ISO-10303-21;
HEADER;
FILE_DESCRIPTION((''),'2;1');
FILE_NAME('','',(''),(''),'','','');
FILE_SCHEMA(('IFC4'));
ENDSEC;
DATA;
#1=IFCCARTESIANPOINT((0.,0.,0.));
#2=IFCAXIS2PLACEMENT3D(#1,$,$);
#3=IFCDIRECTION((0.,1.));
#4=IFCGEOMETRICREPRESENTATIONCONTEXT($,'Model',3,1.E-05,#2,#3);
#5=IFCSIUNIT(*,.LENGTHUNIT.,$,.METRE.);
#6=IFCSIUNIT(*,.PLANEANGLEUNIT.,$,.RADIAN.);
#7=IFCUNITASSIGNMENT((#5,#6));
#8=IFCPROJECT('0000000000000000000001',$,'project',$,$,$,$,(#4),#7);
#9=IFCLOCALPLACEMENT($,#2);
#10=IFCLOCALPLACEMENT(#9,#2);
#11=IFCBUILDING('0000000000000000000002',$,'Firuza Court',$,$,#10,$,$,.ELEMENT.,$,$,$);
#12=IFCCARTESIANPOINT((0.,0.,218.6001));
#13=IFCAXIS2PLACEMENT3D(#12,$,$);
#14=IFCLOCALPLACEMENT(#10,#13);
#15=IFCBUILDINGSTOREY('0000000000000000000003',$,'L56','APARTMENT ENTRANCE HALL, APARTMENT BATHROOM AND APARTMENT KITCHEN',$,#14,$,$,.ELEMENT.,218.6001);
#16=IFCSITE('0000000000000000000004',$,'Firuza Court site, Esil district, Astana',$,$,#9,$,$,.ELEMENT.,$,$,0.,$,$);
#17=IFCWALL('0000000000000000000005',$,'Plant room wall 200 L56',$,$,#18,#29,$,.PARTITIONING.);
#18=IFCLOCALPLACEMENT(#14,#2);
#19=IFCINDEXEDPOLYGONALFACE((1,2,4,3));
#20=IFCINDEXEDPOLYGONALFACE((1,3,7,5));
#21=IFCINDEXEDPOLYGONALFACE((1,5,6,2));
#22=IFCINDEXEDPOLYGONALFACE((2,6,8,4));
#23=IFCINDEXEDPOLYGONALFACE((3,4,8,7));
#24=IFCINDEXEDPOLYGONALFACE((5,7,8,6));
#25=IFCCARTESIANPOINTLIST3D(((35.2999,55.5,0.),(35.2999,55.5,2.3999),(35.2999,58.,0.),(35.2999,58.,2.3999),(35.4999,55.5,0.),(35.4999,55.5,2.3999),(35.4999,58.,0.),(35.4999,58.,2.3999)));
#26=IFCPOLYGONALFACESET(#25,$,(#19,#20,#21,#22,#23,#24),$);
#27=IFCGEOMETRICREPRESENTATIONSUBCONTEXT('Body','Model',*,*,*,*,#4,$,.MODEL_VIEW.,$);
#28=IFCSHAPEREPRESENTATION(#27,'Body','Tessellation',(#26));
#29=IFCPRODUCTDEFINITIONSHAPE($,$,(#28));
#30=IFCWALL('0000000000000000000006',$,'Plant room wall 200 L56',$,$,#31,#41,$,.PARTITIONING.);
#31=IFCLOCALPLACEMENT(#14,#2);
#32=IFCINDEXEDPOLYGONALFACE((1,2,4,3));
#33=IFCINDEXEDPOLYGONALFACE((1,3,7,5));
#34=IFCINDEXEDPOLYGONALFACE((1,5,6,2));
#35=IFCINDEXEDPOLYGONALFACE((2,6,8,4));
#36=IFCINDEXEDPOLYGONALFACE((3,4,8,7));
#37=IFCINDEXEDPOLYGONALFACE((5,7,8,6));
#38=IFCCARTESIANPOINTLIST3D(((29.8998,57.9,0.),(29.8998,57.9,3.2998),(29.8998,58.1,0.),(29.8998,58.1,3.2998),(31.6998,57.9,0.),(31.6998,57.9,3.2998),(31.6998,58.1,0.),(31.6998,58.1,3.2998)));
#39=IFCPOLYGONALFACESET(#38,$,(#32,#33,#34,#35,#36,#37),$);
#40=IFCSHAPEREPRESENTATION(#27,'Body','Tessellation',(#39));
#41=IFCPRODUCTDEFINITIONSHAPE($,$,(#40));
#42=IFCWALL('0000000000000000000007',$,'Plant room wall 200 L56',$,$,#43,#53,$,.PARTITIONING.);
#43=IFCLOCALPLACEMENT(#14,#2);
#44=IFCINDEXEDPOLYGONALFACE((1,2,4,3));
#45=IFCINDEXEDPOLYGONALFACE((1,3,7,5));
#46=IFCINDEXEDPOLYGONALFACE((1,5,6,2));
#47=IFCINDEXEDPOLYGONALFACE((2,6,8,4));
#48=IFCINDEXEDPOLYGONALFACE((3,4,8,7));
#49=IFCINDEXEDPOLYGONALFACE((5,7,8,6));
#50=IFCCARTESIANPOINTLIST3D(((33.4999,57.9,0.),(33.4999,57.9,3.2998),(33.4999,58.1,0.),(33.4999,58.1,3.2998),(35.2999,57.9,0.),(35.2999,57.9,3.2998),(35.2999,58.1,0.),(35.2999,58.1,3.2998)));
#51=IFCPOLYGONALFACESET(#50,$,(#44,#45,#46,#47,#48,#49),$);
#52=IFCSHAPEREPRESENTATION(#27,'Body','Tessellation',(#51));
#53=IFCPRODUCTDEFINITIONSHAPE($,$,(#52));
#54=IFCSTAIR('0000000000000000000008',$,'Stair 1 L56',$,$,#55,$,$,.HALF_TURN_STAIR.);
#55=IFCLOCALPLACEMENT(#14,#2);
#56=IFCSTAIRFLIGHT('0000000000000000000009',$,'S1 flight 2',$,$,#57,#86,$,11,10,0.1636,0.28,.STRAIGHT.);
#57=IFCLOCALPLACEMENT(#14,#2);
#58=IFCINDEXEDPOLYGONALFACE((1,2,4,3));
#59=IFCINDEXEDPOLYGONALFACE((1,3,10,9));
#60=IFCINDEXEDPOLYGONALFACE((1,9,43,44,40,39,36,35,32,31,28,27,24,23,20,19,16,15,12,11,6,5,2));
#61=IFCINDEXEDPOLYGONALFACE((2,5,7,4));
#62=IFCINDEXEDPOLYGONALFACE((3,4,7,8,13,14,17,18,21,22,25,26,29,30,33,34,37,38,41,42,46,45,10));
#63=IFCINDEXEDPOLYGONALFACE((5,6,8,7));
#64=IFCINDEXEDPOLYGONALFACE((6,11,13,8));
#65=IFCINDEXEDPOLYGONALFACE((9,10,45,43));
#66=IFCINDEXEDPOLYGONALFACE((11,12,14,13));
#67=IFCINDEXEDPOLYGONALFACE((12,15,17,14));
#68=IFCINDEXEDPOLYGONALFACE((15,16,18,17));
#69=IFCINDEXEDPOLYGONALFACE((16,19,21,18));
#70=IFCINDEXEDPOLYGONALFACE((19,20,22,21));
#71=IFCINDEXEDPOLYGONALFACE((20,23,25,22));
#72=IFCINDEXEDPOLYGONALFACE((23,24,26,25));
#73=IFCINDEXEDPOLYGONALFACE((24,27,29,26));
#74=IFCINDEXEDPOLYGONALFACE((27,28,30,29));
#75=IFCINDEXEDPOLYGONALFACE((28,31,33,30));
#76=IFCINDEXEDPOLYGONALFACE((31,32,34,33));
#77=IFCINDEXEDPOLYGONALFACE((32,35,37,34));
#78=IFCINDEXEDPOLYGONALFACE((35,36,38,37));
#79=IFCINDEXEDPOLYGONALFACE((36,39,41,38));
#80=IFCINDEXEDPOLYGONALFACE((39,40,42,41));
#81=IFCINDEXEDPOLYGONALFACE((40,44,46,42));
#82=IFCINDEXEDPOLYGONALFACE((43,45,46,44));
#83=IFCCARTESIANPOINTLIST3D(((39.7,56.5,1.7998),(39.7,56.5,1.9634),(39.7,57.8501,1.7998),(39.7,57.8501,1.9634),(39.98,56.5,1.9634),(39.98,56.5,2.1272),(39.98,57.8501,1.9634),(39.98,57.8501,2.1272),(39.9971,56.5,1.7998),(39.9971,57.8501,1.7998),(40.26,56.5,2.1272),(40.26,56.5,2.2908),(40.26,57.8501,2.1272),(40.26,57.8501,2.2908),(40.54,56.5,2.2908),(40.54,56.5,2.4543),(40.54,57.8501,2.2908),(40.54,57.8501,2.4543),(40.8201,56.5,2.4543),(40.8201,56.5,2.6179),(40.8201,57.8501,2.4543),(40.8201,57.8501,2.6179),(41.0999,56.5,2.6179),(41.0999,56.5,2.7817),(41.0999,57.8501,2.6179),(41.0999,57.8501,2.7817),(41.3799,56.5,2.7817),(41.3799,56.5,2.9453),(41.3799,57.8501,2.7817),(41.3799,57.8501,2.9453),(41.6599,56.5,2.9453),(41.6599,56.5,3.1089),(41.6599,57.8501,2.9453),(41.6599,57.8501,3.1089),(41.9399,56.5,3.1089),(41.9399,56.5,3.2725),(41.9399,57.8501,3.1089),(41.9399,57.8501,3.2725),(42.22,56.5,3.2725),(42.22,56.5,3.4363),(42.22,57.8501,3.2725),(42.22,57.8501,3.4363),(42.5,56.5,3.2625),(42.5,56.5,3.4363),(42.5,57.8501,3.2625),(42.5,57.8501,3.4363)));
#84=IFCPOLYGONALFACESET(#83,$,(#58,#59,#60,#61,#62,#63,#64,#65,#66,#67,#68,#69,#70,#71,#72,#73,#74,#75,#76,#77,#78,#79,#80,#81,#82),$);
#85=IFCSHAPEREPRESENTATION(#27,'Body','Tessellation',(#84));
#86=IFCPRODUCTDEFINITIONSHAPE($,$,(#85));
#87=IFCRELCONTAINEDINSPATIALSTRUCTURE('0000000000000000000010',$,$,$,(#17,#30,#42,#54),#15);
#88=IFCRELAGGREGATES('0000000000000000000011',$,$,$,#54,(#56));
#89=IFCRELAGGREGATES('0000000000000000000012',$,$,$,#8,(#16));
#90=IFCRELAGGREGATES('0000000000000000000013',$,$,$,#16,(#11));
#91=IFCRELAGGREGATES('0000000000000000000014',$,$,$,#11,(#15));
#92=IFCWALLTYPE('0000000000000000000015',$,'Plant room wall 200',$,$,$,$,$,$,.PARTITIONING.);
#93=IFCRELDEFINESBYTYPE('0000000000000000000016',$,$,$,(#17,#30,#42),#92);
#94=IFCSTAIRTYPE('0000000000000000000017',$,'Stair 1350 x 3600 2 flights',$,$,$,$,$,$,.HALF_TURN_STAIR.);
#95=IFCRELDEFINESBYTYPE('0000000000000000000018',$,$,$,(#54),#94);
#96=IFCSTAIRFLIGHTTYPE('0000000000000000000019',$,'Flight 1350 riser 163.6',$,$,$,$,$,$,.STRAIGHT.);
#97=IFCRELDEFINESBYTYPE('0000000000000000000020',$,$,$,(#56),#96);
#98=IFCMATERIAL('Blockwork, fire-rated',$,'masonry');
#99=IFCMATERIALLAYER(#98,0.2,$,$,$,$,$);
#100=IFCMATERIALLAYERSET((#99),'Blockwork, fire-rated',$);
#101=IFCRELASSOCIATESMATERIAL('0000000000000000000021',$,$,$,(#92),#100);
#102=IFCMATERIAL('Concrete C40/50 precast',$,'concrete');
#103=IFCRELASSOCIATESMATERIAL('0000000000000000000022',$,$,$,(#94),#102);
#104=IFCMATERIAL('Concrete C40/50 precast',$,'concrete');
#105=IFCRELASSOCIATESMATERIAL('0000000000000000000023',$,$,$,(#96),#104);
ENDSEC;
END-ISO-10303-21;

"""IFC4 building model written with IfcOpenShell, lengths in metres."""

from ifc_helpers import new_model, si_unit, direction, frame, frame_2d, origin, place, context, subcontext, project, spatial, polyline, rectangle, outline, extrude, material, layer, layer_set, type_object, element, aggregate, save


model = new_model("IFC4")

# Units and contexts
model_context = context("Model", 3, precision=1e-05, world=origin(), true_north=direction((0.0, 1.0)))
body_context = subcontext(model_context, "Body", "Model", "MODEL_VIEW")
ifc_project = project(units=[si_unit("LENGTHUNIT", "METRE"), si_unit("PLANEANGLEUNIT", "RADIAN")], contexts=[model_context])

# Site, building, storey
site_placement = place(None, origin())
site = spatial("IfcSite", under=ifc_project, at=site_placement, Name="Firuza Court site, Esil district, Astana", CompositionType="ELEMENT", RefElevation=0.0)
building_placement = place(site_placement, origin())
building = spatial("IfcBuilding", under=site, at=building_placement, Name="Firuza Court", CompositionType="ELEMENT")
storey_placement = place(building_placement, frame((0.0, 0.0, 218.6001)))
storey = spatial("IfcBuildingStorey", under=building, at=storey_placement, Name="L56", Description="APARTMENT ENTRANCE HALL, APARTMENT BATHROOM AND APARTMENT KITCHEN", CompositionType="ELEMENT", Elevation=218.6001)

# Shared definitions
ifc_material_1 = material(Name="Blockwork, fire-rated", Category="masonry")
ifc_layer_1 = layer(ifc_material_1, 0.2)
ifc_layer_set_1 = layer_set([ifc_layer_1], Name="Blockwork, fire-rated")
wall_type_1 = type_object("IfcWallType", Name="Plant room wall 200", PredefinedType="PARTITIONING", material=ifc_layer_set_1)

# Walls
wall_1_placement = place(storey_placement, frame((35.3999, 55.5, 0.0), z_axis=(0.0, 0.0, 1.0), x_axis=(0.0, 1.0, 0.0)))
element("IfcWall", 1, at=wall_1_placement, inside=storey, type_object=wall_type_1, Name="Plant room wall 200 L56", PredefinedType="PARTITIONING", context=body_context, shape_type="SweptSolid", body=[
    extrude(rectangle(XDim=2.5, YDim=0.2, at=frame_2d((1.25, 0.0))), origin(), (0.0, 0.0, 1.0), 2.3999),
])
for number, where, z_axis, x_axis, name in (
    (2, (29.8999, 58.0, 0.0), (0.0, 0.0, 1.0), (1.0, 0.0, 0.0), "Plant room wall 200 L56"),
    (3, (33.5, 58.0, 0.0), (0.0, 0.0, 1.0), (1.0, 0.0, 0.0), "Plant room wall 200 L56"),
):
    element("IfcWall", number, at=place(storey_placement, frame(where, z_axis=z_axis, x_axis=x_axis)), inside=storey, type_object=wall_type_1, Name=name, PredefinedType="PARTITIONING", context=body_context, shape_type="SweptSolid", body=[
        extrude(rectangle(XDim=1.8, YDim=0.2, at=frame_2d((0.8999, 0.0))), origin(), (0.0, 0.0, 1.0), 3.2998),
    ])

# Stair, stair flight
ifc_material_2 = material(Name="Concrete C40/50 precast", Category="concrete")
stair_type = type_object("IfcStairType", Name="Stair 1350 x 3600 2 flights", PredefinedType="HALF_TURN_STAIR", material=ifc_material_2)
stair_placement = place(storey_placement, origin())
stair = element("IfcStair", 4, at=stair_placement, inside=storey, type_object=stair_type, Name="Stair 1 L56", PredefinedType="HALF_TURN_STAIR")
ifc_material_3 = material(Name="Concrete C40/50 precast", Category="concrete")
stair_flight_type = type_object("IfcStairFlightType", Name="Flight 1350 riser 163.6", PredefinedType="STRAIGHT", material=ifc_material_3)
stair_flight_placement = place(storey_placement, frame((39.7, 57.175, 1.7998), z_axis=(0.0, 0.0, 1.0), x_axis=(1.0, 0.0, 0.0)))
stair_flight = element("IfcStairFlight", 5, at=stair_flight_placement, type_object=stair_flight_type, Name="S1 flight 2", NumberOfRisers=11, NumberOfTreads=10, PredefinedType="STRAIGHT", RiserHeight=0.1636, TreadLength=0.28, context=body_context, shape_type="SweptSolid", body=[
    extrude(outline(polyline([(0.0, 0.0), (0.0, 0.1636), (0.28, 0.1636), (0.28, 0.3274), (0.5601, 0.3274), (0.5601, 0.491), (0.8401, 0.491), (0.8401, 0.6545), (1.1201, 0.6545), (1.1201, 0.8181), (1.3999, 0.8181), (1.3999, 0.9819), (1.6799, 0.9819), (1.6799, 1.1455), (1.96, 1.1455), (1.96, 1.3091), (2.24, 1.3091), (2.24, 1.4727), (2.52, 1.4727), (2.52, 1.6365), (2.8, 1.6365), (2.8, 1.8), (2.8, 1.4626), (0.2971, 0.0), (0.0, 0.0)])), frame((0.0, 0.675, 0.0), z_axis=(0.0, -1.0, 0.0), x_axis=(1.0, 0.0, 0.0)), (0.0, 0.0, 1.0), 1.3501),
])
aggregate(stair, [stair_flight])

save(model, "model.ifc")
